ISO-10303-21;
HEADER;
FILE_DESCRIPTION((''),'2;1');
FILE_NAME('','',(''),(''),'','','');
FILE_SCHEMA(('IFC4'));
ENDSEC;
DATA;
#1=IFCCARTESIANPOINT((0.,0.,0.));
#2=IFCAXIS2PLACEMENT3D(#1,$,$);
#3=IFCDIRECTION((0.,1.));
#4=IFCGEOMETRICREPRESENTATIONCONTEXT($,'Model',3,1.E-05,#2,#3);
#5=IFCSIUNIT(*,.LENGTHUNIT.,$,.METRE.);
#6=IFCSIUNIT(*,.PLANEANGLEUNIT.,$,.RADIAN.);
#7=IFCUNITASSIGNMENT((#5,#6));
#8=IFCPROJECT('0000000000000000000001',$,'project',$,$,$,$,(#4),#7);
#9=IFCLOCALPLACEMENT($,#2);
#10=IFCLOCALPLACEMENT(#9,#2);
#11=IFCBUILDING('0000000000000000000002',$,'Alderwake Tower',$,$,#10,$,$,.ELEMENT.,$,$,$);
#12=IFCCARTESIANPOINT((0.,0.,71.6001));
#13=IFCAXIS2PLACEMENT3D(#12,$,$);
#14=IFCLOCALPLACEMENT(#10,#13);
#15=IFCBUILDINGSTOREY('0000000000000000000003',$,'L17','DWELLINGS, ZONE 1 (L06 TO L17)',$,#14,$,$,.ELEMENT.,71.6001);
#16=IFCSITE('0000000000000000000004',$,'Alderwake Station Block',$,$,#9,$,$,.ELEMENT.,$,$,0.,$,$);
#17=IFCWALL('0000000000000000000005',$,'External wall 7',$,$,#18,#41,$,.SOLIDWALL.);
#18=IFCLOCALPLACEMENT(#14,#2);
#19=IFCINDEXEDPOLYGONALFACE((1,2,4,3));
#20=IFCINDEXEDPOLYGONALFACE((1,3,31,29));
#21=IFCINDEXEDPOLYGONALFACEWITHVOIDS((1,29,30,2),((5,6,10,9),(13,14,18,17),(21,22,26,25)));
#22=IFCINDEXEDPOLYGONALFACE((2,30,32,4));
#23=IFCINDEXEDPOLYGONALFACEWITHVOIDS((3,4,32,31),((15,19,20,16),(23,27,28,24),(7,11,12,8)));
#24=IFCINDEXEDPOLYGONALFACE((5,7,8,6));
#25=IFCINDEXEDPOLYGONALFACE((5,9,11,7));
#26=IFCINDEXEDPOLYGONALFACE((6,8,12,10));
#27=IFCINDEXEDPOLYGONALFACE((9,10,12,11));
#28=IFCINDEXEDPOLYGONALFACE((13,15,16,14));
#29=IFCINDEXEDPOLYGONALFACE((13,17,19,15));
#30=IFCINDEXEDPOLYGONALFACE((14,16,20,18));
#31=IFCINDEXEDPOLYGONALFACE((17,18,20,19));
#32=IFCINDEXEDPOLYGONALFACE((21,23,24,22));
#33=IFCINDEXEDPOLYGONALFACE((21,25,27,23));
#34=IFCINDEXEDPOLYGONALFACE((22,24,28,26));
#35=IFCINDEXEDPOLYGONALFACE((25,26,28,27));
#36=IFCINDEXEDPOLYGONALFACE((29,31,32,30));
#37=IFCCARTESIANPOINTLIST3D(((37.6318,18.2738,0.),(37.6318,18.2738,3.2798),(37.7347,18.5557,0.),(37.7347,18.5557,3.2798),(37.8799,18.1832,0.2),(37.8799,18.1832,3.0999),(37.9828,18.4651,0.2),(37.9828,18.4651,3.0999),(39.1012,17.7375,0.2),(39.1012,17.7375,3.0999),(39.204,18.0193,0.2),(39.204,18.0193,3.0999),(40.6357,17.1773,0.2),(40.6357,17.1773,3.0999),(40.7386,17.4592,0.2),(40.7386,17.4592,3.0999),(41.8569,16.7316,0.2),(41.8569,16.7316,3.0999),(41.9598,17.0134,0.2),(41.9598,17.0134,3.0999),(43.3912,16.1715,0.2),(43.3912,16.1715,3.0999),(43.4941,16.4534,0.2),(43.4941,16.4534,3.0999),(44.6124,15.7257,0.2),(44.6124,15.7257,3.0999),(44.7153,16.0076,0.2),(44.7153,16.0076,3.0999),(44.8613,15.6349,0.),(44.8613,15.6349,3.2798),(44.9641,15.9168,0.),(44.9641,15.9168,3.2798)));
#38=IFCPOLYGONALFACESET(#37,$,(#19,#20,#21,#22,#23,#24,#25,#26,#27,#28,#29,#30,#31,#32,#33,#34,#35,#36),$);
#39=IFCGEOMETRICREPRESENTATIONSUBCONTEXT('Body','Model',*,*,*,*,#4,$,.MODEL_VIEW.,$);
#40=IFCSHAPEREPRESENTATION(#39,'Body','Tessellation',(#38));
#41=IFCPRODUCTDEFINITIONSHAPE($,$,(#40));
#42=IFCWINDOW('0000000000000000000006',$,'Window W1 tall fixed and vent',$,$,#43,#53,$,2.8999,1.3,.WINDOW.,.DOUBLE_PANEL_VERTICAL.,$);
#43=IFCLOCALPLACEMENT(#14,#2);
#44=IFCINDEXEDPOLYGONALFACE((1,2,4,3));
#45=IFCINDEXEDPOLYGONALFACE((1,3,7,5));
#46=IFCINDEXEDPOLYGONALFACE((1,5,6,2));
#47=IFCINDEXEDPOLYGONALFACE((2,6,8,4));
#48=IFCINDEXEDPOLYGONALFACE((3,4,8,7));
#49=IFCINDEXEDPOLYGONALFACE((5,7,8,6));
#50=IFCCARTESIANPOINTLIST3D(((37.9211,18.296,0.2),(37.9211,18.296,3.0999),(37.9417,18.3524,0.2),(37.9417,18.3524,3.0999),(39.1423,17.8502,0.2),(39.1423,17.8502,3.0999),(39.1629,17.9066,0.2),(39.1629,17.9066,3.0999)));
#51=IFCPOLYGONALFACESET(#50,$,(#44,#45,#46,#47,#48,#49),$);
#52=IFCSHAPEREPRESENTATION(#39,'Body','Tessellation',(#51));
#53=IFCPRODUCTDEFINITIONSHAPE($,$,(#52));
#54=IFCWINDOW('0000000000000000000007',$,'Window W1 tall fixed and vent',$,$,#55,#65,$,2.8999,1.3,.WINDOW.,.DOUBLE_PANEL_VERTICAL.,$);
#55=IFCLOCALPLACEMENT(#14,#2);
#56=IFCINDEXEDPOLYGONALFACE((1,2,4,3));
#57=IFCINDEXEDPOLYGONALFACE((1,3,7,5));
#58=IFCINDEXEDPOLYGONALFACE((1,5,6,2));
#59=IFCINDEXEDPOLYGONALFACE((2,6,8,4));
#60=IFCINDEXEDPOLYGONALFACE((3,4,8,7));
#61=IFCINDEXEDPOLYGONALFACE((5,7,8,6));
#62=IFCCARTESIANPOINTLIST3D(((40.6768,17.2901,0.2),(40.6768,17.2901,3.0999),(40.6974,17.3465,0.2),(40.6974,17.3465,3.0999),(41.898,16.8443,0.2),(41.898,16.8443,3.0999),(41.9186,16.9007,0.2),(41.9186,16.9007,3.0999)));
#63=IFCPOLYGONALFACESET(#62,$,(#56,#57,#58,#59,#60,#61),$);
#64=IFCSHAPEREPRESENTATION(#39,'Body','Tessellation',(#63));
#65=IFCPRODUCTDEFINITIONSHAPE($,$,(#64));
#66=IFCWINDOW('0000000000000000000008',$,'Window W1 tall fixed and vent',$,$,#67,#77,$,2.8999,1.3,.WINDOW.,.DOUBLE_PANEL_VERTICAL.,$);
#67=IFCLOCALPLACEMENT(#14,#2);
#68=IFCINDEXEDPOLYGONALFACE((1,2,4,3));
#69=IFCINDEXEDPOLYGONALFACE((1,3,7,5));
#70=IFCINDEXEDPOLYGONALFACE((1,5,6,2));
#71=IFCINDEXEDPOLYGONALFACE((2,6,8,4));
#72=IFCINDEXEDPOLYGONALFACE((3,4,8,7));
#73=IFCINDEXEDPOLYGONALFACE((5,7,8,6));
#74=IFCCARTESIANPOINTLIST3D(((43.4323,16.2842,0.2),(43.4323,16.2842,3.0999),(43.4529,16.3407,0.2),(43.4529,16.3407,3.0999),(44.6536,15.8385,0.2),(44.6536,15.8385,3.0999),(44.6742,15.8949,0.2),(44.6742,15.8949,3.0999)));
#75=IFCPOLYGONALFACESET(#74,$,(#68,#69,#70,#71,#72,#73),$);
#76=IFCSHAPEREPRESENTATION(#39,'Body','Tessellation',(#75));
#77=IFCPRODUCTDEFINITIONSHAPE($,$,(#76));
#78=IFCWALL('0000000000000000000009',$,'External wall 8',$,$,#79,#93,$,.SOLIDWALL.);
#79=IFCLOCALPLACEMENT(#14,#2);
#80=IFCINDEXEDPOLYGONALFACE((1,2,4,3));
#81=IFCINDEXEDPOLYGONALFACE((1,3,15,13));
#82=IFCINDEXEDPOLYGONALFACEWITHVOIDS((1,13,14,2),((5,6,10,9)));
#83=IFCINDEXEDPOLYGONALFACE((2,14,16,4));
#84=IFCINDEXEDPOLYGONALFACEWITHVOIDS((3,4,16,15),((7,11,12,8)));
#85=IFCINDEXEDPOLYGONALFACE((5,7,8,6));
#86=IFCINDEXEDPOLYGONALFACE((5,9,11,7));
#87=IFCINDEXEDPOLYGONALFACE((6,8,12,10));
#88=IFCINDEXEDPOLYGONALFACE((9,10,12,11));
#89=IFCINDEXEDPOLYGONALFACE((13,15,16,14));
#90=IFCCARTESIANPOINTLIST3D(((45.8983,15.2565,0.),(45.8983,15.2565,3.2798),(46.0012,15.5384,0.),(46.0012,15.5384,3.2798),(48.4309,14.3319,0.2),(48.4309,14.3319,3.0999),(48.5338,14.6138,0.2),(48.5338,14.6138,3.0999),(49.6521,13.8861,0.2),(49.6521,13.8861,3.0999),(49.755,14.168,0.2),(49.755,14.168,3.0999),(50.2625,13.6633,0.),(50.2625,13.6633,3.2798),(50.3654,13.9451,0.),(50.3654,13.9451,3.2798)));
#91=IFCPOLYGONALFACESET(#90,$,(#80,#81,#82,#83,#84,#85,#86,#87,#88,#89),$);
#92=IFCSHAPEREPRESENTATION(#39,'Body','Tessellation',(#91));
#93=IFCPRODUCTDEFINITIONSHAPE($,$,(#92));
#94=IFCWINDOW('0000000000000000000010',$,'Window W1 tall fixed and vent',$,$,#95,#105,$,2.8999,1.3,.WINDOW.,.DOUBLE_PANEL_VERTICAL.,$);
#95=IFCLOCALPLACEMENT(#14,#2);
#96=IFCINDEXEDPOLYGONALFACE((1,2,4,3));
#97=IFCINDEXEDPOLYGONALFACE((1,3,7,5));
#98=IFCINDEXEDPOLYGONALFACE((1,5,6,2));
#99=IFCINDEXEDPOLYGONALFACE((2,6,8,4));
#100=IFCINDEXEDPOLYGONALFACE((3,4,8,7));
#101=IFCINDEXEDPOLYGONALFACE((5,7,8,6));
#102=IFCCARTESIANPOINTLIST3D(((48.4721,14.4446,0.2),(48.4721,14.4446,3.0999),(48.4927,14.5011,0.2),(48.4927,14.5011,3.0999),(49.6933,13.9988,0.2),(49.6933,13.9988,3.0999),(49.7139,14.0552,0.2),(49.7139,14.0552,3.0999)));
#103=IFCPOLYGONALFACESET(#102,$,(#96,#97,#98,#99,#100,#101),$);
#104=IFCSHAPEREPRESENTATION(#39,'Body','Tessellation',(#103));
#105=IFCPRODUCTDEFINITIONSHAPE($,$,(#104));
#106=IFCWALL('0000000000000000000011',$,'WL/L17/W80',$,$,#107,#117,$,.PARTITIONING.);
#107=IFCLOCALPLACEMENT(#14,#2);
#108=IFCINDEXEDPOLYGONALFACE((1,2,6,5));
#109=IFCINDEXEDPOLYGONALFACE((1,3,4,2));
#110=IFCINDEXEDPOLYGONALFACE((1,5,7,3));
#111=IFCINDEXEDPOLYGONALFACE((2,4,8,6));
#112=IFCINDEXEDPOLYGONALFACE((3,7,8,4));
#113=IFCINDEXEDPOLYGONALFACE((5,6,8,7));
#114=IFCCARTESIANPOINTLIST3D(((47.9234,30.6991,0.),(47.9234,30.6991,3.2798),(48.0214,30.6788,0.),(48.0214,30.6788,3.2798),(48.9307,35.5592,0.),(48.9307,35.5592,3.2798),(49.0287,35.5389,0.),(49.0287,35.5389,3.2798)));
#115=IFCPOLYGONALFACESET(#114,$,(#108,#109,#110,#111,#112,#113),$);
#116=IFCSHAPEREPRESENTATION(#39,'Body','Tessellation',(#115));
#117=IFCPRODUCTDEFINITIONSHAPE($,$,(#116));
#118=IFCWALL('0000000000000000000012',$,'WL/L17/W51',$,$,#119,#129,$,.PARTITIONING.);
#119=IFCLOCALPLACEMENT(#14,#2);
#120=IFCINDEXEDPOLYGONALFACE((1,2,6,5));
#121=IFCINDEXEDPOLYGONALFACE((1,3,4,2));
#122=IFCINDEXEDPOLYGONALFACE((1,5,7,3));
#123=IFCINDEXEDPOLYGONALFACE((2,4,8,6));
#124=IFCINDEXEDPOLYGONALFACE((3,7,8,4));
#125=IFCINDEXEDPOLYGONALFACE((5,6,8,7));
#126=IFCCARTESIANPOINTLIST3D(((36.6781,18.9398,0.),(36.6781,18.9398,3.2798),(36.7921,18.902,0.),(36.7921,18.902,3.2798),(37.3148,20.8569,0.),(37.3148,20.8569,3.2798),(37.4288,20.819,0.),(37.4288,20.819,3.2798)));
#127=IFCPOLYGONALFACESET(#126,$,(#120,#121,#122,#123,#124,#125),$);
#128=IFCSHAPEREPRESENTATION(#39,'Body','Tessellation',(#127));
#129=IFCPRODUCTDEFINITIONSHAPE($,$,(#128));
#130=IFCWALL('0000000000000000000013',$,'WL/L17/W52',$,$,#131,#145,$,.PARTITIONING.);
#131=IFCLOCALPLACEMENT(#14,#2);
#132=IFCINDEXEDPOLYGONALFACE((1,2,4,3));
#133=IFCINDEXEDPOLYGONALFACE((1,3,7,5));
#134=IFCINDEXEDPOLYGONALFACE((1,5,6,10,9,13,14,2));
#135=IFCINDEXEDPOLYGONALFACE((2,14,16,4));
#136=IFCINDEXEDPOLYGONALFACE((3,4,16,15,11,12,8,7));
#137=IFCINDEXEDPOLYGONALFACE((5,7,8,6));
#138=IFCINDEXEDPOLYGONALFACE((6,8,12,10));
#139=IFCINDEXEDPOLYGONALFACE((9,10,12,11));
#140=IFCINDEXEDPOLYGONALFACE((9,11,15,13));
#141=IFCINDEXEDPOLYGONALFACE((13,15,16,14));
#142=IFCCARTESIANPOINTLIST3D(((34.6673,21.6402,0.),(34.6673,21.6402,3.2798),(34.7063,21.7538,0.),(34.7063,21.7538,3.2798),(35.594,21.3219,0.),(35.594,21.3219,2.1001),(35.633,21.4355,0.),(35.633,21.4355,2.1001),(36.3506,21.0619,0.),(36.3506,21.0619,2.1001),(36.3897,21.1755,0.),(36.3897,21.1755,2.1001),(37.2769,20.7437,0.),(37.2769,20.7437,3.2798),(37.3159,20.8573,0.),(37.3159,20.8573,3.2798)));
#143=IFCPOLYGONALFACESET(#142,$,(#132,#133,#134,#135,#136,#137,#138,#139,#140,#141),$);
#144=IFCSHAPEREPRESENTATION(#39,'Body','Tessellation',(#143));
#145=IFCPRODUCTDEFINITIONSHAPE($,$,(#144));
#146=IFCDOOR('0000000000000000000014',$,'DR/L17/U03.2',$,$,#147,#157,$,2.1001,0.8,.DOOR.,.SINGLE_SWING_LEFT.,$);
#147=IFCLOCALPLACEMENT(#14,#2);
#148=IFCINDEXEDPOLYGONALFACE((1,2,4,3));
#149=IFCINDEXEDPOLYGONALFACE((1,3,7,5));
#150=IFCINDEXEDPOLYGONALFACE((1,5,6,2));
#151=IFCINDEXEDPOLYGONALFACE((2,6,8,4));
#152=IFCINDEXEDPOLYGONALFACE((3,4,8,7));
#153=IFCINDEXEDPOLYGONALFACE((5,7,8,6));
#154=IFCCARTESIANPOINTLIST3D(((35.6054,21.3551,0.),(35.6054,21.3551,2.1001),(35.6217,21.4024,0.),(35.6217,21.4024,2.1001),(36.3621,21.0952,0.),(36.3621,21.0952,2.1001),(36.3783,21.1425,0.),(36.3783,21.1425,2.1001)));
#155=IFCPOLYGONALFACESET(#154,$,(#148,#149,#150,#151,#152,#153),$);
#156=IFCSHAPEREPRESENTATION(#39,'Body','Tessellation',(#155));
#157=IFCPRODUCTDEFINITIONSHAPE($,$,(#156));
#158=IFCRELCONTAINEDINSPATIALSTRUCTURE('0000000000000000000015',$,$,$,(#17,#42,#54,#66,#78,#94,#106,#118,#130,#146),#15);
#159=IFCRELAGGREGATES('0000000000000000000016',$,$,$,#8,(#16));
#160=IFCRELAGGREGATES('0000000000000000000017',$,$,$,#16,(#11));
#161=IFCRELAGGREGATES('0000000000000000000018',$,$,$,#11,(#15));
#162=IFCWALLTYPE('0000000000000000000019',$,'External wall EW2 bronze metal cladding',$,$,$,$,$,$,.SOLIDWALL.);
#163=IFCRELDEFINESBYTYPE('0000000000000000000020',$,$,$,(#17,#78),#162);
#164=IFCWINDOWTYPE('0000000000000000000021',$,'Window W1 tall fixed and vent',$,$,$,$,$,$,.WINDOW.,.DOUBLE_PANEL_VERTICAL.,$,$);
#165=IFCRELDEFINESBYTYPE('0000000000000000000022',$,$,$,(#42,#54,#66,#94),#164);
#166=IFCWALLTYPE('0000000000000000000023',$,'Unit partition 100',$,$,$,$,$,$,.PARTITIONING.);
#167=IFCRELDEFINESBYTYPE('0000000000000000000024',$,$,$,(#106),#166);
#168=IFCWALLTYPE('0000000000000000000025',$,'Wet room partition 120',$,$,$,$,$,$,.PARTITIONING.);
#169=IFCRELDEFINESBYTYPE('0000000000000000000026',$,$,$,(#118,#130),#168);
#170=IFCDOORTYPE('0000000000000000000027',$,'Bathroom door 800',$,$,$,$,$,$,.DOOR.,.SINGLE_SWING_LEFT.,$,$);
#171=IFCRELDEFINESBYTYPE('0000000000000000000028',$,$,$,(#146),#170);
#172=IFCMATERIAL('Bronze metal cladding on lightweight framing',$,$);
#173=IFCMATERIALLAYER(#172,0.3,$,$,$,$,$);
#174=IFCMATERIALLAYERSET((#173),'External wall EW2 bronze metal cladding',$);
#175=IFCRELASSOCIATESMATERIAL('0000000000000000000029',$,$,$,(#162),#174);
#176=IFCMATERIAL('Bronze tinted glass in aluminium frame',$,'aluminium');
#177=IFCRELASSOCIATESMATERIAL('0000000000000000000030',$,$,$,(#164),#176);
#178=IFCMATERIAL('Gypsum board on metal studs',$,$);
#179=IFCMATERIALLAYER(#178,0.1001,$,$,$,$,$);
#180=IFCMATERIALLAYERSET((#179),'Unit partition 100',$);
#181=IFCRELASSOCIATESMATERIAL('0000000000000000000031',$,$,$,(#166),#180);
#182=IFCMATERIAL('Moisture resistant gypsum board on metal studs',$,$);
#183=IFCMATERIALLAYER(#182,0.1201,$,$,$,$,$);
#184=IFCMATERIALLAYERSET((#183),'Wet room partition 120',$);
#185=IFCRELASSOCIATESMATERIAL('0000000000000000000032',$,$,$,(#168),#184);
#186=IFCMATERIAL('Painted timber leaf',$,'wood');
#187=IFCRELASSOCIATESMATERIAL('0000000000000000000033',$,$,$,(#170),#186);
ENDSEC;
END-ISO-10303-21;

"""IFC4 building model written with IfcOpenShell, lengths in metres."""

from ifc_helpers import new_model, si_unit, direction, frame, frame_2d, origin, place, context, subcontext, project, spatial, rectangle, extrude, material, layer, layer_set, type_object, element, fill, save


model = new_model("IFC4")

# Units and contexts
model_context = context("Model", 3, precision=1e-05, world=origin(), true_north=direction((0.0, 1.0)))
body_context = subcontext(model_context, "Body", "Model", "MODEL_VIEW")
ifc_project = project(units=[si_unit("LENGTHUNIT", "METRE"), si_unit("PLANEANGLEUNIT", "RADIAN")], contexts=[model_context])

# Site, building, storey
site_placement = place(None, origin())
site = spatial("IfcSite", under=ifc_project, at=site_placement, Name="Alderwake Station Block", CompositionType="ELEMENT", RefElevation=0.0)
building_placement = place(site_placement, origin())
building = spatial("IfcBuilding", under=site, at=building_placement, Name="Alderwake Tower", CompositionType="ELEMENT")
storey_placement = place(building_placement, frame((0.0, 0.0, 71.6001)))
storey = spatial("IfcBuildingStorey", under=building, at=storey_placement, Name="L17", Description="DWELLINGS, ZONE 1 (L06 TO L17)", CompositionType="ELEMENT", Elevation=71.6001)

# Wall, openings, windows
ifc_material_1 = material(Name="Bronze metal cladding on lightweight framing")
ifc_layer_1 = layer(ifc_material_1, 0.3)
ifc_layer_set_1 = layer_set([ifc_layer_1], Name="External wall EW2 bronze metal cladding")
wall_type_1 = type_object("IfcWallType", Name="External wall EW2 bronze metal cladding", PredefinedType="SOLIDWALL", material=ifc_layer_set_1)
wall_1_placement = place(storey_placement, frame((37.6831, 18.4148, 0.0), z_axis=(0.0, 0.0, 1.0), x_axis=(0.939375, -0.342892, 0.0)))
wall_1 = element("IfcWall", 1, at=wall_1_placement, inside=storey, type_object=wall_type_1, Name="External wall 7", PredefinedType="SOLIDWALL", context=body_context, shape_type="SweptSolid", body=[
    extrude(rectangle(XDim=7.696, YDim=0.3, at=frame_2d((3.8481, 0.0))), origin(), (0.0, 0.0, 1.0), 3.2798),
])
opening_1_placement = place(wall_1_placement, frame((0.2644, 0.0, 0.2)))
opening_1 = element("IfcOpeningElement", 2, at=opening_1_placement, cuts=wall_1, PredefinedType="OPENING", context=body_context, shape_type="SweptSolid", body=[
    extrude(rectangle(XDim=1.3, YDim=2.8999, at=frame_2d((0.6499, 1.45))), frame((0.0, 0.1599, 0.0), z_axis=(0.0, -1.0, 0.0), x_axis=(1.0, 0.0, 0.0)), (0.0, 0.0, 1.0), 0.3201),
])
opening_2_placement = place(wall_1_placement, frame((3.198, 0.0, 0.2)))
opening_2 = element("IfcOpeningElement", 3, at=opening_2_placement, cuts=wall_1, PredefinedType="OPENING", context=body_context, shape_type="SweptSolid", body=[
    extrude(rectangle(XDim=1.3, YDim=2.8999, at=frame_2d((0.6499, 1.45))), frame((0.0, 0.1599, 0.0), z_axis=(0.0, -1.0, 0.0), x_axis=(1.0, 0.0, 0.0)), (0.0, 0.0, 1.0), 0.3201),
])
opening_3_placement = place(wall_1_placement, frame((6.1313, 0.0, 0.2)))
opening_3 = element("IfcOpeningElement", 4, at=opening_3_placement, cuts=wall_1, PredefinedType="OPENING", context=body_context, shape_type="SweptSolid", body=[
    extrude(rectangle(XDim=1.3, YDim=2.8999, at=frame_2d((0.6499, 1.45))), frame((0.0, 0.1599, 0.0), z_axis=(0.0, -1.0, 0.0), x_axis=(1.0, 0.0, 0.0)), (0.0, 0.0, 1.0), 0.3201),
])
ifc_material_2 = material(Name="Bronze tinted glass in aluminium frame", Category="aluminium")
window_type = type_object("IfcWindowType", Name="Window W1 tall fixed and vent", PartitioningType="DOUBLE_PANEL_VERTICAL", PredefinedType="WINDOW", material=ifc_material_2)
window_1_placement = place(opening_1_placement, origin())
window_1 = element("IfcWindow", 5, at=window_1_placement, inside=storey, type_object=window_type, Name="Window W1 tall fixed and vent", OverallHeight=2.8999, OverallWidth=1.3, PartitioningType="DOUBLE_PANEL_VERTICAL", PredefinedType="WINDOW", context=body_context, shape_type="SweptSolid", body=[
    extrude(rectangle(XDim=1.3, YDim=2.8999, at=frame_2d((0.6499, 1.45))), frame((0.0, 0.03, 0.0), z_axis=(0.0, -1.0, 0.0), x_axis=(1.0, 0.0, 0.0)), (0.0, 0.0, 1.0), 0.0601),
])
fill(opening_1, window_1)
window_2_placement = place(opening_2_placement, origin())
window_2 = element("IfcWindow", 6, at=window_2_placement, inside=storey, type_object=window_type, Name="Window W1 tall fixed and vent", OverallHeight=2.8999, OverallWidth=1.3, PartitioningType="DOUBLE_PANEL_VERTICAL", PredefinedType="WINDOW", context=body_context, shape_type="SweptSolid", body=[
    extrude(rectangle(XDim=1.3, YDim=2.8999, at=frame_2d((0.6499, 1.45))), frame((0.0, 0.03, 0.0), z_axis=(0.0, -1.0, 0.0), x_axis=(1.0, 0.0, 0.0)), (0.0, 0.0, 1.0), 0.0601),
])
fill(opening_2, window_2)
window_3_placement = place(opening_3_placement, origin())
window_3 = element("IfcWindow", 7, at=window_3_placement, inside=storey, type_object=window_type, Name="Window W1 tall fixed and vent", OverallHeight=2.8999, OverallWidth=1.3, PartitioningType="DOUBLE_PANEL_VERTICAL", PredefinedType="WINDOW", context=body_context, shape_type="SweptSolid", body=[
    extrude(rectangle(XDim=1.3, YDim=2.8999, at=frame_2d((0.6499, 1.45))), frame((0.0, 0.03, 0.0), z_axis=(0.0, -1.0, 0.0), x_axis=(1.0, 0.0, 0.0)), (0.0, 0.0, 1.0), 0.0601),
])
fill(opening_3, window_3)

# Wall, opening, window
wall_2_placement = place(storey_placement, frame((45.9497, 15.3975, 0.0), z_axis=(0.0, 0.0, 1.0), x_axis=(0.93936, -0.342933, 0.0)))
wall_2 = element("IfcWall", 8, at=wall_2_placement, inside=storey, type_object=wall_type_1, Name="External wall 8", PredefinedType="SOLIDWALL", context=body_context, shape_type="SweptSolid", body=[
    extrude(rectangle(XDim=4.646, YDim=0.3, at=frame_2d((2.323, 0.0))), origin(), (0.0, 0.0, 1.0), 3.2798),
])
opening_4_placement = place(wall_2_placement, frame((2.6963, 0.0, 0.2)))
opening_4 = element("IfcOpeningElement", 9, at=opening_4_placement, cuts=wall_2, PredefinedType="OPENING", context=body_context, shape_type="SweptSolid", body=[
    extrude(rectangle(XDim=1.3, YDim=2.8999, at=frame_2d((0.6499, 1.45))), frame((0.0, 0.1599, 0.0), z_axis=(0.0, -1.0, 0.0), x_axis=(1.0, 0.0, 0.0)), (0.0, 0.0, 1.0), 0.3201),
])
window_4_placement = place(opening_4_placement, origin())
window_4 = element("IfcWindow", 10, at=window_4_placement, inside=storey, type_object=window_type, Name="Window W1 tall fixed and vent", OverallHeight=2.8999, OverallWidth=1.3, PartitioningType="DOUBLE_PANEL_VERTICAL", PredefinedType="WINDOW", context=body_context, shape_type="SweptSolid", body=[
    extrude(rectangle(XDim=1.3, YDim=2.8999, at=frame_2d((0.6499, 1.45))), frame((0.0, 0.03, 0.0), z_axis=(0.0, -1.0, 0.0), x_axis=(1.0, 0.0, 0.0)), (0.0, 0.0, 1.0), 0.0601),
])
fill(opening_4, window_4)

# Walls
ifc_material_3 = material(Name="Gypsum board on metal studs")
ifc_layer_2 = layer(ifc_material_3, 0.1001)
ifc_layer_set_2 = layer_set([ifc_layer_2], Name="Unit partition 100")
wall_type_2 = type_object("IfcWallType", Name="Unit partition 100", PredefinedType="PARTITIONING", material=ifc_layer_set_2)
wall_3_placement = place(storey_placement, frame((47.9724, 30.689, 0.0), z_axis=(0.0, 0.0, 1.0), x_axis=(0.20295, 0.979189, 0.0)))
element("IfcWall", 11, at=wall_3_placement, inside=storey, type_object=wall_type_2, Name="WL/L17/W80", PredefinedType="PARTITIONING", context=body_context, shape_type="SweptSolid", body=[
    extrude(rectangle(XDim=4.9634, YDim=0.1001, at=frame_2d((2.4817, 0.0))), origin(), (0.0, 0.0, 1.0), 3.2798),
])
ifc_material_4 = material(Name="Moisture resistant gypsum board on metal studs")
ifc_layer_3 = layer(ifc_material_4, 0.1201)
ifc_layer_set_3 = layer_set([ifc_layer_3], Name="Wet room partition 120")
wall_type_3 = type_object("IfcWallType", Name="Wet room partition 120", PredefinedType="PARTITIONING", material=ifc_layer_set_3)
wall_4_placement = place(storey_placement, frame((36.7351, 18.9209, 0.0), z_axis=(0.0, 0.0, 1.0), x_axis=(0.315212, 0.949021, 0.0)))
element("IfcWall", 12, at=wall_4_placement, inside=storey, type_object=wall_type_3, Name="WL/L17/W51", PredefinedType="PARTITIONING", context=body_context, shape_type="SweptSolid", body=[
    extrude(rectangle(XDim=2.02, YDim=0.1201, at=frame_2d((1.01, 0.0))), origin(), (0.0, 0.0, 1.0), 3.2798),
])

# Wall, opening, door
wall_5_placement = place(storey_placement, frame((37.2964, 20.8005, 0.0), z_axis=(0.0, 0.0, 1.0), x_axis=(-0.94575, 0.324894, 0.0)))
wall_5 = element("IfcWall", 13, at=wall_5_placement, inside=storey, type_object=wall_type_3, Name="WL/L17/W52", PredefinedType="PARTITIONING", context=body_context, shape_type="SweptSolid", body=[
    extrude(rectangle(XDim=2.7593, YDim=0.1201, at=frame_2d((1.3796, 0.0))), origin(), (0.0, 0.0, 1.0), 3.2798),
])
opening_5_placement = place(wall_5_placement, frame((0.9795, 0.0, 0.0)))
opening_5 = element("IfcOpeningElement", 14, at=opening_5_placement, cuts=wall_5, PredefinedType="OPENING", context=body_context, shape_type="SweptSolid", body=[
    extrude(rectangle(XDim=0.8, YDim=2.1001, at=frame_2d((0.3999, 1.05))), frame((0.0, 0.0701, 0.0), z_axis=(0.0, -1.0, 0.0), x_axis=(1.0, 0.0, 0.0)), (0.0, 0.0, 1.0), 0.1401),
])
ifc_material_5 = material(Name="Painted timber leaf", Category="wood")
door_type_1 = type_object("IfcDoorType", Name="Bathroom door 800", OperationType="SINGLE_SWING_LEFT", PredefinedType="DOOR", material=ifc_material_5)
door_1_placement = place(opening_5_placement, origin())
door_1 = element("IfcDoor", 15, at=door_1_placement, inside=storey, type_object=door_type_1, Name="DR/L17/U03.2", OperationType="SINGLE_SWING_LEFT", OverallHeight=2.1001, OverallWidth=0.8, PredefinedType="DOOR", context=body_context, shape_type="SweptSolid", body=[
    extrude(rectangle(XDim=0.8, YDim=2.1001, at=frame_2d((0.3999, 1.05))), frame((0.0, 0.0249, 0.0), z_axis=(0.0, -1.0, 0.0), x_axis=(1.0, 0.0, 0.0)), (0.0, 0.0, 1.0), 0.05),
])
fill(opening_5, door_1)

save(model, "model.ifc")
